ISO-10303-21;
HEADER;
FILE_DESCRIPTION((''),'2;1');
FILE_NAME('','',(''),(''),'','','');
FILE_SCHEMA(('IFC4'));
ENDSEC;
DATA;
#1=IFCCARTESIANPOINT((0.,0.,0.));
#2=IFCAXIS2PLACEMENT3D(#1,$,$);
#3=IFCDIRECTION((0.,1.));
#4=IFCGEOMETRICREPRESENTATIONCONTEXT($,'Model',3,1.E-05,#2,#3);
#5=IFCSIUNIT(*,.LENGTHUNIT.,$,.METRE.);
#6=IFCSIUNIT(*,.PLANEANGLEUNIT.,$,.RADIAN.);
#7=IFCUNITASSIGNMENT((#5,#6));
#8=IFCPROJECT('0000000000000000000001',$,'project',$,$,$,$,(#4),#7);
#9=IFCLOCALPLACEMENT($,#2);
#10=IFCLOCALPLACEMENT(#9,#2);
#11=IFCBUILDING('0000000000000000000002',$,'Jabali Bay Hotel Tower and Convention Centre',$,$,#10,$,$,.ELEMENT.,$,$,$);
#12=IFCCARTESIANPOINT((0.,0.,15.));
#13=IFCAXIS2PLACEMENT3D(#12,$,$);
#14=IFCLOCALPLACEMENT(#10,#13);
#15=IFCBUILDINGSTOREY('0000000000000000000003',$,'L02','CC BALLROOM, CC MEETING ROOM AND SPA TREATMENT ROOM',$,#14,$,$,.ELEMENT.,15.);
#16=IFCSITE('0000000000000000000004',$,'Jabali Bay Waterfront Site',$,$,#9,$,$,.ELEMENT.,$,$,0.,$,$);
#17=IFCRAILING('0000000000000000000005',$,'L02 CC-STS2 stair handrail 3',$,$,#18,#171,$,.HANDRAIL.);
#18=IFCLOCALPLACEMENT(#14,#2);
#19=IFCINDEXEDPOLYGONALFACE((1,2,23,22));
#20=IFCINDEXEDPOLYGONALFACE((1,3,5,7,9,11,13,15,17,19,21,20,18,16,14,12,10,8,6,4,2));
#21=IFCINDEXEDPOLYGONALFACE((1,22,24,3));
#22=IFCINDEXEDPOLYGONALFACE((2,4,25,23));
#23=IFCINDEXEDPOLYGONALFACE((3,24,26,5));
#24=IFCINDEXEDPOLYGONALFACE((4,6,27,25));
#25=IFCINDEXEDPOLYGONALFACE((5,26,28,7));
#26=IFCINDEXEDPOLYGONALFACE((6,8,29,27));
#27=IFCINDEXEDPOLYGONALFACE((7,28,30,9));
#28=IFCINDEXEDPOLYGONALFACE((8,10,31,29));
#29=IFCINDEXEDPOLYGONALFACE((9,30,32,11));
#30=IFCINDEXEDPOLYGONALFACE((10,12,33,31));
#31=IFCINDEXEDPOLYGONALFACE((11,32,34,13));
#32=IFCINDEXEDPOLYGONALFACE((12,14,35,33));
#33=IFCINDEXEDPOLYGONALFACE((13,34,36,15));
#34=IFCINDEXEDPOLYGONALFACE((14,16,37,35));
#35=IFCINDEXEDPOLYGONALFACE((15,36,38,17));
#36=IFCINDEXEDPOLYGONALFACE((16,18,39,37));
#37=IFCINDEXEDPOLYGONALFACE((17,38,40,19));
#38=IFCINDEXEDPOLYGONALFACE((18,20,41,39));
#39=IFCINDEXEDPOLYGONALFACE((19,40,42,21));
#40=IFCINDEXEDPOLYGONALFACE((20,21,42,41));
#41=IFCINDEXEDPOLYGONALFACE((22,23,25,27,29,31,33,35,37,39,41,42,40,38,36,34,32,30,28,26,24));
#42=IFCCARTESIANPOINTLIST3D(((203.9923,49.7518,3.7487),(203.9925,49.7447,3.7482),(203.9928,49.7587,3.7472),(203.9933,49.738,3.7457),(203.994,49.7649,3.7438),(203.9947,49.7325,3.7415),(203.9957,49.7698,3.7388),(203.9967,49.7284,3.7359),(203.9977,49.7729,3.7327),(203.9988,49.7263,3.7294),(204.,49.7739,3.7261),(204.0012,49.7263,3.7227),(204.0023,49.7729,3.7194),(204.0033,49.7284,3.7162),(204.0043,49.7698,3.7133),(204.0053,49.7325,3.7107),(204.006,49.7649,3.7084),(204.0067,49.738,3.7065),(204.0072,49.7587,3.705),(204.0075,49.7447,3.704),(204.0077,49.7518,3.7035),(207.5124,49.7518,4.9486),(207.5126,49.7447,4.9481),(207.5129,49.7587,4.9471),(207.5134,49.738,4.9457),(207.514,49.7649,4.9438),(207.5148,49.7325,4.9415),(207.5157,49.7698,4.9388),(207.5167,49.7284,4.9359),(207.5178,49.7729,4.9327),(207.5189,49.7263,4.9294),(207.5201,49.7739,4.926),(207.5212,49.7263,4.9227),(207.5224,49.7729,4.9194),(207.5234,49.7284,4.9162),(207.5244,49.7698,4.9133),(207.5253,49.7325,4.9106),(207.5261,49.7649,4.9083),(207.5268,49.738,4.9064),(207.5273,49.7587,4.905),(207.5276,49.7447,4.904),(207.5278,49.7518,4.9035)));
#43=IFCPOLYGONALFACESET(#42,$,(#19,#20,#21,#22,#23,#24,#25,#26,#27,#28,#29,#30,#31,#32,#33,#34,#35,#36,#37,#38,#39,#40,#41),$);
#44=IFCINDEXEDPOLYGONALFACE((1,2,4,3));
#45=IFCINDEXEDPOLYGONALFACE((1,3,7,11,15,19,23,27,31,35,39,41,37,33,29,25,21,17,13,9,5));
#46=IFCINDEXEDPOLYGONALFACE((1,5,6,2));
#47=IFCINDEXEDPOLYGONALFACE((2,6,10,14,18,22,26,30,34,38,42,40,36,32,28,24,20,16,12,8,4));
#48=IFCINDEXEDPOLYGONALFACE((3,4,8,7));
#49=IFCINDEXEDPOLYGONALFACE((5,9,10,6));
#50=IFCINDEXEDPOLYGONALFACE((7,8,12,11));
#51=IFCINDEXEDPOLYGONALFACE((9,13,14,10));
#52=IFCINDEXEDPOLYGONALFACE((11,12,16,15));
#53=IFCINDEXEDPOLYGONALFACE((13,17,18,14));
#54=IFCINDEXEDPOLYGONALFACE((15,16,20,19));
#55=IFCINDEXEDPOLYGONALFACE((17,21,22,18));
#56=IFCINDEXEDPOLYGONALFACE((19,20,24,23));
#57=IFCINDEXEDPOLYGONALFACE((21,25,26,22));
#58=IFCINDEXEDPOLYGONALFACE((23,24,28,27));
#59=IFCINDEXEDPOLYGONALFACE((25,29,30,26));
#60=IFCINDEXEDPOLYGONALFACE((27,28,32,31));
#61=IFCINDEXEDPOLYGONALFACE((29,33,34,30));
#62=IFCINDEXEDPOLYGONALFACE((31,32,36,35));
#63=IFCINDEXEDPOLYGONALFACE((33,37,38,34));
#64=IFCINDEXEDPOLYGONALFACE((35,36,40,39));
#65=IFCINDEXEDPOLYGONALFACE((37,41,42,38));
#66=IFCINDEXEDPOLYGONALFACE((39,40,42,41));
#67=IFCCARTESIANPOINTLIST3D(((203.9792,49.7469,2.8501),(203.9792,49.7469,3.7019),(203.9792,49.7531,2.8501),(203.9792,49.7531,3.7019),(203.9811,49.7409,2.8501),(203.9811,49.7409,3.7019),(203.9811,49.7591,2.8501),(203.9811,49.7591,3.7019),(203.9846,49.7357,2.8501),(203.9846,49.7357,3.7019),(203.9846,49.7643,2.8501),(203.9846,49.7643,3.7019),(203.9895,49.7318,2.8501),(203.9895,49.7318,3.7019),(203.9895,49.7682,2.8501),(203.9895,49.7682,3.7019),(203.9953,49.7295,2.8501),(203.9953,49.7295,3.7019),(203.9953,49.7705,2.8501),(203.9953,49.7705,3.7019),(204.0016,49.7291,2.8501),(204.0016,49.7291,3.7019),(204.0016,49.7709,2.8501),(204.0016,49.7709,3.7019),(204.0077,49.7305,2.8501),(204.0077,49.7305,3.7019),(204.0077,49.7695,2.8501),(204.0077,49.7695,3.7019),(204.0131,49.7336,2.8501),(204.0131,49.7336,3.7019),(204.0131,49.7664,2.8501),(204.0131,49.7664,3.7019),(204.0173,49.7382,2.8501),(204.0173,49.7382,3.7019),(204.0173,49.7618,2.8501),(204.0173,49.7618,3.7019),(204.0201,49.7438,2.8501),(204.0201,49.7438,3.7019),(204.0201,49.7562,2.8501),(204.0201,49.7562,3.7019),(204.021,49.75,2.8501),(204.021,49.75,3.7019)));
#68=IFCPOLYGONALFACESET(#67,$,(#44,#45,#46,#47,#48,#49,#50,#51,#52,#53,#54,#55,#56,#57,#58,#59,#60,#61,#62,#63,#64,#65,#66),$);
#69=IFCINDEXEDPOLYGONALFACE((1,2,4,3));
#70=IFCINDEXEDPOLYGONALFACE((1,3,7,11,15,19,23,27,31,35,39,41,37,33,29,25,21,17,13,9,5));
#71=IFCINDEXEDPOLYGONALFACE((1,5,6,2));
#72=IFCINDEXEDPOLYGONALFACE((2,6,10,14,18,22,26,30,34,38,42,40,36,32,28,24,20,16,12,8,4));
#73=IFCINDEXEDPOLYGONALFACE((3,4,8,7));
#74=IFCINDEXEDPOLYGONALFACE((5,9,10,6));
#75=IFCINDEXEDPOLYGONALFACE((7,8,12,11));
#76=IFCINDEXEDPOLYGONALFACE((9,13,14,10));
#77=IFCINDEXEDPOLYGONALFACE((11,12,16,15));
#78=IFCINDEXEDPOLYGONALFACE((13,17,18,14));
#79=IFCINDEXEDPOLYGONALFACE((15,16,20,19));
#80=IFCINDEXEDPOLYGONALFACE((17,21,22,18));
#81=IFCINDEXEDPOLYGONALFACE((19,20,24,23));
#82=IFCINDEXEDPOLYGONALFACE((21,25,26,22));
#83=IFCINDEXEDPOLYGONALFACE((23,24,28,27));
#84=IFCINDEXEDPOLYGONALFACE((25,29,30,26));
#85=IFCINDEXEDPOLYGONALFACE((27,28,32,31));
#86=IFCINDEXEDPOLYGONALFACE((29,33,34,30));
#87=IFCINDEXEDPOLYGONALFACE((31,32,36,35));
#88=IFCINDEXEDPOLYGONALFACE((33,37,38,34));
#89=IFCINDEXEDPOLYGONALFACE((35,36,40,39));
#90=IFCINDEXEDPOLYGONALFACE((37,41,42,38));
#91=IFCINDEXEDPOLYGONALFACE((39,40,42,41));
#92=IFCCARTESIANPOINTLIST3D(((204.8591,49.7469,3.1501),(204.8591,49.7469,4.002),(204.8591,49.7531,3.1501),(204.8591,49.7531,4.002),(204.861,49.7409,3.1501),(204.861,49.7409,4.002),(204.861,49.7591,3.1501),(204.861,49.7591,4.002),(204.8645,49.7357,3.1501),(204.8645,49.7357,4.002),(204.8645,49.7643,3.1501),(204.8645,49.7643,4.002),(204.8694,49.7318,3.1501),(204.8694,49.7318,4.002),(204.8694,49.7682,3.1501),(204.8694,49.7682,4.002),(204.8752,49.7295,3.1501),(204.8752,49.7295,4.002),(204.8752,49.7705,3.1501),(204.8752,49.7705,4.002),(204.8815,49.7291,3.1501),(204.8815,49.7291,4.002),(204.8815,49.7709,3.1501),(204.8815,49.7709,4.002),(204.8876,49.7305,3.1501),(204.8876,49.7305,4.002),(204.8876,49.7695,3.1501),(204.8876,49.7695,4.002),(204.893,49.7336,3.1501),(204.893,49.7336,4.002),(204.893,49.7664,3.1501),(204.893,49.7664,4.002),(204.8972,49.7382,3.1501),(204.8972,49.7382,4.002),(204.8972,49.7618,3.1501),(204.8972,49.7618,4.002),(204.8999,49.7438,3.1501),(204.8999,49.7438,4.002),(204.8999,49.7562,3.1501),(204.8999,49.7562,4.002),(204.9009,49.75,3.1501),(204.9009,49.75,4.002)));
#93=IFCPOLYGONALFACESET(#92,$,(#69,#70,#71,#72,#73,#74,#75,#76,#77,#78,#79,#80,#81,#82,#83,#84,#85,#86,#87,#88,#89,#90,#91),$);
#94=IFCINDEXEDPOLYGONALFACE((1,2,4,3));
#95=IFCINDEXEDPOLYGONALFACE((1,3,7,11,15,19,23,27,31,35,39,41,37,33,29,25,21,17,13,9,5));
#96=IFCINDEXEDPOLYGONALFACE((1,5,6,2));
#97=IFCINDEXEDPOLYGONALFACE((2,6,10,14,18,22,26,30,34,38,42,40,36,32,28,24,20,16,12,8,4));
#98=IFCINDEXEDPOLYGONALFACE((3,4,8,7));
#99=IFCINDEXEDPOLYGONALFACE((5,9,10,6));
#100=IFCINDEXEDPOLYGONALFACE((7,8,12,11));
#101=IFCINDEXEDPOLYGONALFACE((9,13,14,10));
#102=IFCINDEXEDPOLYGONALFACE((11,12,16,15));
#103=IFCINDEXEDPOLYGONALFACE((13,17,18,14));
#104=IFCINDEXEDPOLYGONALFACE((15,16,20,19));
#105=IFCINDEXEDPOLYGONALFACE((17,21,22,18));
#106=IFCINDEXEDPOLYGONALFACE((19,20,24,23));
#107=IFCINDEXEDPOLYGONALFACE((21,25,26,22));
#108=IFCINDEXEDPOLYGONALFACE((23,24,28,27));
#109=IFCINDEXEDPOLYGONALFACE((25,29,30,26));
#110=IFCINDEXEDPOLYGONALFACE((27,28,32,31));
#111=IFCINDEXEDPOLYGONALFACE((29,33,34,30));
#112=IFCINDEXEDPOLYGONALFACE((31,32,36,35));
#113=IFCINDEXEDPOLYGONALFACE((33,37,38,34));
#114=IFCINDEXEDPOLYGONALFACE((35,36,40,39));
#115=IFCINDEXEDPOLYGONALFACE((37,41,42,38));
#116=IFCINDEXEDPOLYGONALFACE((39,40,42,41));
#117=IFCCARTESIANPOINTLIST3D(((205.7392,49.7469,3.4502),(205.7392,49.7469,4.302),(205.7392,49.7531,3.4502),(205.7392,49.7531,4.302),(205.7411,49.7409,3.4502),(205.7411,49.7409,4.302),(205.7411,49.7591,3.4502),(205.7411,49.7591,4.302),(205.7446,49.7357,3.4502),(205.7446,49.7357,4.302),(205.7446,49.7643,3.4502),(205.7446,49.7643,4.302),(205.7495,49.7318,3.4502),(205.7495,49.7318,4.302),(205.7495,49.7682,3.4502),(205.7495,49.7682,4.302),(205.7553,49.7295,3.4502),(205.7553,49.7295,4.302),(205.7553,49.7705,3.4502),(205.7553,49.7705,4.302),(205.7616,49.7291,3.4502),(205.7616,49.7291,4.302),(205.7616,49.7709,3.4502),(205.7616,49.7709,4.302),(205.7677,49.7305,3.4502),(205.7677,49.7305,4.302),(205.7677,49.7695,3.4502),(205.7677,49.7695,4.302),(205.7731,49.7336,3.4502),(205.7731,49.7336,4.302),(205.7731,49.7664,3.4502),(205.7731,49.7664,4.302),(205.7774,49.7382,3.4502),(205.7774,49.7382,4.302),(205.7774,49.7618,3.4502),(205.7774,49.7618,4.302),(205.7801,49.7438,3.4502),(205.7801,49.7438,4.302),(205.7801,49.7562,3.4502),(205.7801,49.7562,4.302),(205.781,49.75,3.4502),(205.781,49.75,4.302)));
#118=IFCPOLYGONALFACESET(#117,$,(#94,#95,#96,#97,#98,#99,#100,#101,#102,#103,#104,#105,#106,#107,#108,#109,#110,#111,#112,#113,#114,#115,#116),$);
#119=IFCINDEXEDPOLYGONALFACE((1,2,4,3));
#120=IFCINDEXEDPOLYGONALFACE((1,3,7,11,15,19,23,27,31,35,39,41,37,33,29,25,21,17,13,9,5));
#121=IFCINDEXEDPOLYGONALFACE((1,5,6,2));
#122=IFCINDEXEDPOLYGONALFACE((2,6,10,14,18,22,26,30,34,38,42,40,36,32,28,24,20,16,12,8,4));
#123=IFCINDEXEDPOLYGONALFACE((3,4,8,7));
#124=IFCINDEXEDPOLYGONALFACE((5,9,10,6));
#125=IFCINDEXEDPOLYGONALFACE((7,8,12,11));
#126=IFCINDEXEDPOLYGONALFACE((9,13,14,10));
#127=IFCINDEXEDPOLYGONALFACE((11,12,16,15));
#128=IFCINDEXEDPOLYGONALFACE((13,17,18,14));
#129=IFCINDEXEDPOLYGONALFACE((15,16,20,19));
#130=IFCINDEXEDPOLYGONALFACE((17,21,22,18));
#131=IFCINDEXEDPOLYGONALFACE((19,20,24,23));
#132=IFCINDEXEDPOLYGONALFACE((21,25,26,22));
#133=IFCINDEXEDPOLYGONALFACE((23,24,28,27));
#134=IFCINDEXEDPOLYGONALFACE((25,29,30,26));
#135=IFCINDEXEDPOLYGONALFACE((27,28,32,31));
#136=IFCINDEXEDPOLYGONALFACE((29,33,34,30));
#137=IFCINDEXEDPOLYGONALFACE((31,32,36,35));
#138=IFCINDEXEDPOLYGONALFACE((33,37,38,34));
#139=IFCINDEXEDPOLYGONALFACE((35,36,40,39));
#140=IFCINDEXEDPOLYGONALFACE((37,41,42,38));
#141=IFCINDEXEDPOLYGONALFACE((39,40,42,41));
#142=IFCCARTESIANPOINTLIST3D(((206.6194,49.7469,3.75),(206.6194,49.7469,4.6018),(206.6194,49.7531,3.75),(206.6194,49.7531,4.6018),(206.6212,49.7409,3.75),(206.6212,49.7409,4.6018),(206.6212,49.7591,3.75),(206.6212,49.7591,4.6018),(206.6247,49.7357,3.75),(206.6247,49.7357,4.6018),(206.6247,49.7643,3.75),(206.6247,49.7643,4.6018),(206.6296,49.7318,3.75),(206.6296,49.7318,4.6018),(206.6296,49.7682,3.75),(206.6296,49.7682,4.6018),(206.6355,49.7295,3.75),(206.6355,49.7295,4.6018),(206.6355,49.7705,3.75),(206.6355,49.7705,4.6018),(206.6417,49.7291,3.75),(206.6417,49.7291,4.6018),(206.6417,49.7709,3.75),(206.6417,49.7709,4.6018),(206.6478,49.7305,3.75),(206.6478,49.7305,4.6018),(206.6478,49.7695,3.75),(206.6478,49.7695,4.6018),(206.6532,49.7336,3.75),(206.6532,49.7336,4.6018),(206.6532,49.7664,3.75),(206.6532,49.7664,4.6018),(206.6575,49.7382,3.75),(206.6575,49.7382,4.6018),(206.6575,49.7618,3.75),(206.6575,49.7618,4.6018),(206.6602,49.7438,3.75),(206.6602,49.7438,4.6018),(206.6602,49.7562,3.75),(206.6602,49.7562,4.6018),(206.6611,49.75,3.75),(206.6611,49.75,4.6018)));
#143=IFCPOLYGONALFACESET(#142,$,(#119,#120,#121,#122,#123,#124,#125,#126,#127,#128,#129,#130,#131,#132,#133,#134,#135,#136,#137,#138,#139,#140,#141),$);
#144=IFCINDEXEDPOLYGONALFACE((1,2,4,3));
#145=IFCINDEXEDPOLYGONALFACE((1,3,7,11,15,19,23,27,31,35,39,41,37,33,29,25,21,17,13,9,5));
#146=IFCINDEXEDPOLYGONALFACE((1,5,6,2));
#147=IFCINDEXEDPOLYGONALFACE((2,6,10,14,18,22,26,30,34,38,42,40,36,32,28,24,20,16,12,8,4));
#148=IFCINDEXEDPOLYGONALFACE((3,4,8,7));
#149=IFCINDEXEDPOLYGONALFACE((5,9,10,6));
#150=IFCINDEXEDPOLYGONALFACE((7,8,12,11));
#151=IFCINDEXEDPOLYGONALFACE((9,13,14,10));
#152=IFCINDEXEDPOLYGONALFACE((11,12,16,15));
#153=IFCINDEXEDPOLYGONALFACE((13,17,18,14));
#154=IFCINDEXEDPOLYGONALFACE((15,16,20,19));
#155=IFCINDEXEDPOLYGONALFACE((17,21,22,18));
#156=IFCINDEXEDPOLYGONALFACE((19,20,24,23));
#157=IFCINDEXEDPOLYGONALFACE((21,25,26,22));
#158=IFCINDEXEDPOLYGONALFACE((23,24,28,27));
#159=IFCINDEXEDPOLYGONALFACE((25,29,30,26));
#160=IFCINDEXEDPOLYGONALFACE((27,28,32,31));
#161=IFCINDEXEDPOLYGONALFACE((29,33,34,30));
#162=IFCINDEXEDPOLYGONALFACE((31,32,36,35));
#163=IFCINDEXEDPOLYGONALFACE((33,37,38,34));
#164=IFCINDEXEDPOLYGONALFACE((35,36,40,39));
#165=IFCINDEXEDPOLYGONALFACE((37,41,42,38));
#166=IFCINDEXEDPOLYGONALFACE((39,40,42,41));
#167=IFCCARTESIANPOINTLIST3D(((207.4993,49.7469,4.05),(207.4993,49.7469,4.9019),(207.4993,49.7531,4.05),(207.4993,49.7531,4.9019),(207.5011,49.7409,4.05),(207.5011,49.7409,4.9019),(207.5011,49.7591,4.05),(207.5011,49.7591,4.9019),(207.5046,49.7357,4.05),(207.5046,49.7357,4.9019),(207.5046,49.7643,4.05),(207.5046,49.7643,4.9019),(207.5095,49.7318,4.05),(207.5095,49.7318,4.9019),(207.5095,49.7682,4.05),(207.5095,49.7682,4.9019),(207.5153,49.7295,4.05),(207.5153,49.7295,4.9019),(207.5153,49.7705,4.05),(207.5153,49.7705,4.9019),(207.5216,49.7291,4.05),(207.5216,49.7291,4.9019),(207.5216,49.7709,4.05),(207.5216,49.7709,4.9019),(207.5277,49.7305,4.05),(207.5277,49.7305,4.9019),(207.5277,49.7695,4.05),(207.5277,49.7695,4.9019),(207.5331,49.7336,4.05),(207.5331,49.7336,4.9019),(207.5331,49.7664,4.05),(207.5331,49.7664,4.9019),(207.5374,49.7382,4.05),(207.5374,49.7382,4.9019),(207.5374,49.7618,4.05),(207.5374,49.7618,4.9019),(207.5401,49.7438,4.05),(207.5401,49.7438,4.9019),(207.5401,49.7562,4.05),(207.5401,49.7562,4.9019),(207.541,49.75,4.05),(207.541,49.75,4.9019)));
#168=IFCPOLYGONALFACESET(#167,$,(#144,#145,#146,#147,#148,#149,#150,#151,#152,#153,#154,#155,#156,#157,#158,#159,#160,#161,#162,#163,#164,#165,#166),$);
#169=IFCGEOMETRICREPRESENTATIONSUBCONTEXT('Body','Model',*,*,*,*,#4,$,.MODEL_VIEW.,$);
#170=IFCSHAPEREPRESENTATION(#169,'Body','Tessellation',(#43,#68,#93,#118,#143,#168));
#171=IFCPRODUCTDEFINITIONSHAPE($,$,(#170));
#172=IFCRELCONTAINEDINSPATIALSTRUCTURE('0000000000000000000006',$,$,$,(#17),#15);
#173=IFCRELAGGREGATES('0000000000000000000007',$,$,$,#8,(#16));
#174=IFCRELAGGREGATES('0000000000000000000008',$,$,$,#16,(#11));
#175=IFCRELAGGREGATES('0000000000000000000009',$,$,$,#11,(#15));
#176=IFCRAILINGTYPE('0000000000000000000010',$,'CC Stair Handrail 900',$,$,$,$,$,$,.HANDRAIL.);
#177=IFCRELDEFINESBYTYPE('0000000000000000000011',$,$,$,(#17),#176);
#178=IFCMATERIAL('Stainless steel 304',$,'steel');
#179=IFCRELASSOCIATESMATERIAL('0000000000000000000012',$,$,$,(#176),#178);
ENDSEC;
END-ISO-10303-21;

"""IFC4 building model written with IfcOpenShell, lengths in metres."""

from ifc_helpers import new_model, si_unit, direction, frame, origin, origin_2d, place, context, subcontext, project, spatial, circle, extrude, material, type_object, element, save


model = new_model("IFC4")

# Units and contexts
model_context = context("Model", 3, precision=1e-05, world=origin(), true_north=direction((0.0, 1.0)))
body_context = subcontext(model_context, "Body", "Model", "MODEL_VIEW")
ifc_project = project(units=[si_unit("LENGTHUNIT", "METRE"), si_unit("PLANEANGLEUNIT", "RADIAN")], contexts=[model_context])

# Site, building, storey
site_placement = place(None, origin())
site = spatial("IfcSite", under=ifc_project, at=site_placement, Name="Jabali Bay Waterfront Site", CompositionType="ELEMENT", RefElevation=0.0)
building_placement = place(site_placement, origin())
building = spatial("IfcBuilding", under=site, at=building_placement, Name="Jabali Bay Hotel Tower and Convention Centre", CompositionType="ELEMENT")
storey_placement = place(building_placement, frame((0.0, 0.0, 15.0)))
storey = spatial("IfcBuildingStorey", under=building, at=storey_placement, Name="L02", Description="CC BALLROOM, CC MEETING ROOM AND SPA TREATMENT ROOM", CompositionType="ELEMENT", Elevation=15.0)

# Railing
ifc_material_1 = material(Name="Stainless steel 304", Category="steel")
railing_type_1 = type_object("IfcRailingType", Name="CC Stair Handrail 900", PredefinedType="HANDRAIL", material=ifc_material_1)
railing_1_placement = place(storey_placement, frame((204.0, 49.75, 2.8501)))
element("IfcRailing", 1, at=railing_1_placement, inside=storey, type_object=railing_type_1, Name="L02 CC-STS2 stair handrail 3", PredefinedType="HANDRAIL", context=body_context, shape_type="SweptSolid", body=[
    extrude(circle(Radius=0.0239, at=origin_2d()), frame((0.0, 0.0, 0.876), z_axis=(0.946515, 0.0, 0.322661), x_axis=(0.0, 1.0, 0.0)), (0.0, 0.0, 1.0), 3.719),
    extrude(circle(Radius=0.021, at=origin_2d()), origin(), (0.0, 0.0, 1.0), 0.8518),
    extrude(circle(Radius=0.021, at=origin_2d()), frame((0.8799, 0.0, 0.3)), (0.0, 0.0, 1.0), 0.8518),
    extrude(circle(Radius=0.021, at=origin_2d()), frame((1.76, 0.0, 0.6001)), (0.0, 0.0, 1.0), 0.8518),
    extrude(circle(Radius=0.021, at=origin_2d()), frame((2.6401, 0.0, 0.8999)), (0.0, 0.0, 1.0), 0.8518),
    extrude(circle(Radius=0.021, at=origin_2d()), frame((3.52, 0.0, 1.2)), (0.0, 0.0, 1.0), 0.8518),
])

save(model, "model.ifc")
